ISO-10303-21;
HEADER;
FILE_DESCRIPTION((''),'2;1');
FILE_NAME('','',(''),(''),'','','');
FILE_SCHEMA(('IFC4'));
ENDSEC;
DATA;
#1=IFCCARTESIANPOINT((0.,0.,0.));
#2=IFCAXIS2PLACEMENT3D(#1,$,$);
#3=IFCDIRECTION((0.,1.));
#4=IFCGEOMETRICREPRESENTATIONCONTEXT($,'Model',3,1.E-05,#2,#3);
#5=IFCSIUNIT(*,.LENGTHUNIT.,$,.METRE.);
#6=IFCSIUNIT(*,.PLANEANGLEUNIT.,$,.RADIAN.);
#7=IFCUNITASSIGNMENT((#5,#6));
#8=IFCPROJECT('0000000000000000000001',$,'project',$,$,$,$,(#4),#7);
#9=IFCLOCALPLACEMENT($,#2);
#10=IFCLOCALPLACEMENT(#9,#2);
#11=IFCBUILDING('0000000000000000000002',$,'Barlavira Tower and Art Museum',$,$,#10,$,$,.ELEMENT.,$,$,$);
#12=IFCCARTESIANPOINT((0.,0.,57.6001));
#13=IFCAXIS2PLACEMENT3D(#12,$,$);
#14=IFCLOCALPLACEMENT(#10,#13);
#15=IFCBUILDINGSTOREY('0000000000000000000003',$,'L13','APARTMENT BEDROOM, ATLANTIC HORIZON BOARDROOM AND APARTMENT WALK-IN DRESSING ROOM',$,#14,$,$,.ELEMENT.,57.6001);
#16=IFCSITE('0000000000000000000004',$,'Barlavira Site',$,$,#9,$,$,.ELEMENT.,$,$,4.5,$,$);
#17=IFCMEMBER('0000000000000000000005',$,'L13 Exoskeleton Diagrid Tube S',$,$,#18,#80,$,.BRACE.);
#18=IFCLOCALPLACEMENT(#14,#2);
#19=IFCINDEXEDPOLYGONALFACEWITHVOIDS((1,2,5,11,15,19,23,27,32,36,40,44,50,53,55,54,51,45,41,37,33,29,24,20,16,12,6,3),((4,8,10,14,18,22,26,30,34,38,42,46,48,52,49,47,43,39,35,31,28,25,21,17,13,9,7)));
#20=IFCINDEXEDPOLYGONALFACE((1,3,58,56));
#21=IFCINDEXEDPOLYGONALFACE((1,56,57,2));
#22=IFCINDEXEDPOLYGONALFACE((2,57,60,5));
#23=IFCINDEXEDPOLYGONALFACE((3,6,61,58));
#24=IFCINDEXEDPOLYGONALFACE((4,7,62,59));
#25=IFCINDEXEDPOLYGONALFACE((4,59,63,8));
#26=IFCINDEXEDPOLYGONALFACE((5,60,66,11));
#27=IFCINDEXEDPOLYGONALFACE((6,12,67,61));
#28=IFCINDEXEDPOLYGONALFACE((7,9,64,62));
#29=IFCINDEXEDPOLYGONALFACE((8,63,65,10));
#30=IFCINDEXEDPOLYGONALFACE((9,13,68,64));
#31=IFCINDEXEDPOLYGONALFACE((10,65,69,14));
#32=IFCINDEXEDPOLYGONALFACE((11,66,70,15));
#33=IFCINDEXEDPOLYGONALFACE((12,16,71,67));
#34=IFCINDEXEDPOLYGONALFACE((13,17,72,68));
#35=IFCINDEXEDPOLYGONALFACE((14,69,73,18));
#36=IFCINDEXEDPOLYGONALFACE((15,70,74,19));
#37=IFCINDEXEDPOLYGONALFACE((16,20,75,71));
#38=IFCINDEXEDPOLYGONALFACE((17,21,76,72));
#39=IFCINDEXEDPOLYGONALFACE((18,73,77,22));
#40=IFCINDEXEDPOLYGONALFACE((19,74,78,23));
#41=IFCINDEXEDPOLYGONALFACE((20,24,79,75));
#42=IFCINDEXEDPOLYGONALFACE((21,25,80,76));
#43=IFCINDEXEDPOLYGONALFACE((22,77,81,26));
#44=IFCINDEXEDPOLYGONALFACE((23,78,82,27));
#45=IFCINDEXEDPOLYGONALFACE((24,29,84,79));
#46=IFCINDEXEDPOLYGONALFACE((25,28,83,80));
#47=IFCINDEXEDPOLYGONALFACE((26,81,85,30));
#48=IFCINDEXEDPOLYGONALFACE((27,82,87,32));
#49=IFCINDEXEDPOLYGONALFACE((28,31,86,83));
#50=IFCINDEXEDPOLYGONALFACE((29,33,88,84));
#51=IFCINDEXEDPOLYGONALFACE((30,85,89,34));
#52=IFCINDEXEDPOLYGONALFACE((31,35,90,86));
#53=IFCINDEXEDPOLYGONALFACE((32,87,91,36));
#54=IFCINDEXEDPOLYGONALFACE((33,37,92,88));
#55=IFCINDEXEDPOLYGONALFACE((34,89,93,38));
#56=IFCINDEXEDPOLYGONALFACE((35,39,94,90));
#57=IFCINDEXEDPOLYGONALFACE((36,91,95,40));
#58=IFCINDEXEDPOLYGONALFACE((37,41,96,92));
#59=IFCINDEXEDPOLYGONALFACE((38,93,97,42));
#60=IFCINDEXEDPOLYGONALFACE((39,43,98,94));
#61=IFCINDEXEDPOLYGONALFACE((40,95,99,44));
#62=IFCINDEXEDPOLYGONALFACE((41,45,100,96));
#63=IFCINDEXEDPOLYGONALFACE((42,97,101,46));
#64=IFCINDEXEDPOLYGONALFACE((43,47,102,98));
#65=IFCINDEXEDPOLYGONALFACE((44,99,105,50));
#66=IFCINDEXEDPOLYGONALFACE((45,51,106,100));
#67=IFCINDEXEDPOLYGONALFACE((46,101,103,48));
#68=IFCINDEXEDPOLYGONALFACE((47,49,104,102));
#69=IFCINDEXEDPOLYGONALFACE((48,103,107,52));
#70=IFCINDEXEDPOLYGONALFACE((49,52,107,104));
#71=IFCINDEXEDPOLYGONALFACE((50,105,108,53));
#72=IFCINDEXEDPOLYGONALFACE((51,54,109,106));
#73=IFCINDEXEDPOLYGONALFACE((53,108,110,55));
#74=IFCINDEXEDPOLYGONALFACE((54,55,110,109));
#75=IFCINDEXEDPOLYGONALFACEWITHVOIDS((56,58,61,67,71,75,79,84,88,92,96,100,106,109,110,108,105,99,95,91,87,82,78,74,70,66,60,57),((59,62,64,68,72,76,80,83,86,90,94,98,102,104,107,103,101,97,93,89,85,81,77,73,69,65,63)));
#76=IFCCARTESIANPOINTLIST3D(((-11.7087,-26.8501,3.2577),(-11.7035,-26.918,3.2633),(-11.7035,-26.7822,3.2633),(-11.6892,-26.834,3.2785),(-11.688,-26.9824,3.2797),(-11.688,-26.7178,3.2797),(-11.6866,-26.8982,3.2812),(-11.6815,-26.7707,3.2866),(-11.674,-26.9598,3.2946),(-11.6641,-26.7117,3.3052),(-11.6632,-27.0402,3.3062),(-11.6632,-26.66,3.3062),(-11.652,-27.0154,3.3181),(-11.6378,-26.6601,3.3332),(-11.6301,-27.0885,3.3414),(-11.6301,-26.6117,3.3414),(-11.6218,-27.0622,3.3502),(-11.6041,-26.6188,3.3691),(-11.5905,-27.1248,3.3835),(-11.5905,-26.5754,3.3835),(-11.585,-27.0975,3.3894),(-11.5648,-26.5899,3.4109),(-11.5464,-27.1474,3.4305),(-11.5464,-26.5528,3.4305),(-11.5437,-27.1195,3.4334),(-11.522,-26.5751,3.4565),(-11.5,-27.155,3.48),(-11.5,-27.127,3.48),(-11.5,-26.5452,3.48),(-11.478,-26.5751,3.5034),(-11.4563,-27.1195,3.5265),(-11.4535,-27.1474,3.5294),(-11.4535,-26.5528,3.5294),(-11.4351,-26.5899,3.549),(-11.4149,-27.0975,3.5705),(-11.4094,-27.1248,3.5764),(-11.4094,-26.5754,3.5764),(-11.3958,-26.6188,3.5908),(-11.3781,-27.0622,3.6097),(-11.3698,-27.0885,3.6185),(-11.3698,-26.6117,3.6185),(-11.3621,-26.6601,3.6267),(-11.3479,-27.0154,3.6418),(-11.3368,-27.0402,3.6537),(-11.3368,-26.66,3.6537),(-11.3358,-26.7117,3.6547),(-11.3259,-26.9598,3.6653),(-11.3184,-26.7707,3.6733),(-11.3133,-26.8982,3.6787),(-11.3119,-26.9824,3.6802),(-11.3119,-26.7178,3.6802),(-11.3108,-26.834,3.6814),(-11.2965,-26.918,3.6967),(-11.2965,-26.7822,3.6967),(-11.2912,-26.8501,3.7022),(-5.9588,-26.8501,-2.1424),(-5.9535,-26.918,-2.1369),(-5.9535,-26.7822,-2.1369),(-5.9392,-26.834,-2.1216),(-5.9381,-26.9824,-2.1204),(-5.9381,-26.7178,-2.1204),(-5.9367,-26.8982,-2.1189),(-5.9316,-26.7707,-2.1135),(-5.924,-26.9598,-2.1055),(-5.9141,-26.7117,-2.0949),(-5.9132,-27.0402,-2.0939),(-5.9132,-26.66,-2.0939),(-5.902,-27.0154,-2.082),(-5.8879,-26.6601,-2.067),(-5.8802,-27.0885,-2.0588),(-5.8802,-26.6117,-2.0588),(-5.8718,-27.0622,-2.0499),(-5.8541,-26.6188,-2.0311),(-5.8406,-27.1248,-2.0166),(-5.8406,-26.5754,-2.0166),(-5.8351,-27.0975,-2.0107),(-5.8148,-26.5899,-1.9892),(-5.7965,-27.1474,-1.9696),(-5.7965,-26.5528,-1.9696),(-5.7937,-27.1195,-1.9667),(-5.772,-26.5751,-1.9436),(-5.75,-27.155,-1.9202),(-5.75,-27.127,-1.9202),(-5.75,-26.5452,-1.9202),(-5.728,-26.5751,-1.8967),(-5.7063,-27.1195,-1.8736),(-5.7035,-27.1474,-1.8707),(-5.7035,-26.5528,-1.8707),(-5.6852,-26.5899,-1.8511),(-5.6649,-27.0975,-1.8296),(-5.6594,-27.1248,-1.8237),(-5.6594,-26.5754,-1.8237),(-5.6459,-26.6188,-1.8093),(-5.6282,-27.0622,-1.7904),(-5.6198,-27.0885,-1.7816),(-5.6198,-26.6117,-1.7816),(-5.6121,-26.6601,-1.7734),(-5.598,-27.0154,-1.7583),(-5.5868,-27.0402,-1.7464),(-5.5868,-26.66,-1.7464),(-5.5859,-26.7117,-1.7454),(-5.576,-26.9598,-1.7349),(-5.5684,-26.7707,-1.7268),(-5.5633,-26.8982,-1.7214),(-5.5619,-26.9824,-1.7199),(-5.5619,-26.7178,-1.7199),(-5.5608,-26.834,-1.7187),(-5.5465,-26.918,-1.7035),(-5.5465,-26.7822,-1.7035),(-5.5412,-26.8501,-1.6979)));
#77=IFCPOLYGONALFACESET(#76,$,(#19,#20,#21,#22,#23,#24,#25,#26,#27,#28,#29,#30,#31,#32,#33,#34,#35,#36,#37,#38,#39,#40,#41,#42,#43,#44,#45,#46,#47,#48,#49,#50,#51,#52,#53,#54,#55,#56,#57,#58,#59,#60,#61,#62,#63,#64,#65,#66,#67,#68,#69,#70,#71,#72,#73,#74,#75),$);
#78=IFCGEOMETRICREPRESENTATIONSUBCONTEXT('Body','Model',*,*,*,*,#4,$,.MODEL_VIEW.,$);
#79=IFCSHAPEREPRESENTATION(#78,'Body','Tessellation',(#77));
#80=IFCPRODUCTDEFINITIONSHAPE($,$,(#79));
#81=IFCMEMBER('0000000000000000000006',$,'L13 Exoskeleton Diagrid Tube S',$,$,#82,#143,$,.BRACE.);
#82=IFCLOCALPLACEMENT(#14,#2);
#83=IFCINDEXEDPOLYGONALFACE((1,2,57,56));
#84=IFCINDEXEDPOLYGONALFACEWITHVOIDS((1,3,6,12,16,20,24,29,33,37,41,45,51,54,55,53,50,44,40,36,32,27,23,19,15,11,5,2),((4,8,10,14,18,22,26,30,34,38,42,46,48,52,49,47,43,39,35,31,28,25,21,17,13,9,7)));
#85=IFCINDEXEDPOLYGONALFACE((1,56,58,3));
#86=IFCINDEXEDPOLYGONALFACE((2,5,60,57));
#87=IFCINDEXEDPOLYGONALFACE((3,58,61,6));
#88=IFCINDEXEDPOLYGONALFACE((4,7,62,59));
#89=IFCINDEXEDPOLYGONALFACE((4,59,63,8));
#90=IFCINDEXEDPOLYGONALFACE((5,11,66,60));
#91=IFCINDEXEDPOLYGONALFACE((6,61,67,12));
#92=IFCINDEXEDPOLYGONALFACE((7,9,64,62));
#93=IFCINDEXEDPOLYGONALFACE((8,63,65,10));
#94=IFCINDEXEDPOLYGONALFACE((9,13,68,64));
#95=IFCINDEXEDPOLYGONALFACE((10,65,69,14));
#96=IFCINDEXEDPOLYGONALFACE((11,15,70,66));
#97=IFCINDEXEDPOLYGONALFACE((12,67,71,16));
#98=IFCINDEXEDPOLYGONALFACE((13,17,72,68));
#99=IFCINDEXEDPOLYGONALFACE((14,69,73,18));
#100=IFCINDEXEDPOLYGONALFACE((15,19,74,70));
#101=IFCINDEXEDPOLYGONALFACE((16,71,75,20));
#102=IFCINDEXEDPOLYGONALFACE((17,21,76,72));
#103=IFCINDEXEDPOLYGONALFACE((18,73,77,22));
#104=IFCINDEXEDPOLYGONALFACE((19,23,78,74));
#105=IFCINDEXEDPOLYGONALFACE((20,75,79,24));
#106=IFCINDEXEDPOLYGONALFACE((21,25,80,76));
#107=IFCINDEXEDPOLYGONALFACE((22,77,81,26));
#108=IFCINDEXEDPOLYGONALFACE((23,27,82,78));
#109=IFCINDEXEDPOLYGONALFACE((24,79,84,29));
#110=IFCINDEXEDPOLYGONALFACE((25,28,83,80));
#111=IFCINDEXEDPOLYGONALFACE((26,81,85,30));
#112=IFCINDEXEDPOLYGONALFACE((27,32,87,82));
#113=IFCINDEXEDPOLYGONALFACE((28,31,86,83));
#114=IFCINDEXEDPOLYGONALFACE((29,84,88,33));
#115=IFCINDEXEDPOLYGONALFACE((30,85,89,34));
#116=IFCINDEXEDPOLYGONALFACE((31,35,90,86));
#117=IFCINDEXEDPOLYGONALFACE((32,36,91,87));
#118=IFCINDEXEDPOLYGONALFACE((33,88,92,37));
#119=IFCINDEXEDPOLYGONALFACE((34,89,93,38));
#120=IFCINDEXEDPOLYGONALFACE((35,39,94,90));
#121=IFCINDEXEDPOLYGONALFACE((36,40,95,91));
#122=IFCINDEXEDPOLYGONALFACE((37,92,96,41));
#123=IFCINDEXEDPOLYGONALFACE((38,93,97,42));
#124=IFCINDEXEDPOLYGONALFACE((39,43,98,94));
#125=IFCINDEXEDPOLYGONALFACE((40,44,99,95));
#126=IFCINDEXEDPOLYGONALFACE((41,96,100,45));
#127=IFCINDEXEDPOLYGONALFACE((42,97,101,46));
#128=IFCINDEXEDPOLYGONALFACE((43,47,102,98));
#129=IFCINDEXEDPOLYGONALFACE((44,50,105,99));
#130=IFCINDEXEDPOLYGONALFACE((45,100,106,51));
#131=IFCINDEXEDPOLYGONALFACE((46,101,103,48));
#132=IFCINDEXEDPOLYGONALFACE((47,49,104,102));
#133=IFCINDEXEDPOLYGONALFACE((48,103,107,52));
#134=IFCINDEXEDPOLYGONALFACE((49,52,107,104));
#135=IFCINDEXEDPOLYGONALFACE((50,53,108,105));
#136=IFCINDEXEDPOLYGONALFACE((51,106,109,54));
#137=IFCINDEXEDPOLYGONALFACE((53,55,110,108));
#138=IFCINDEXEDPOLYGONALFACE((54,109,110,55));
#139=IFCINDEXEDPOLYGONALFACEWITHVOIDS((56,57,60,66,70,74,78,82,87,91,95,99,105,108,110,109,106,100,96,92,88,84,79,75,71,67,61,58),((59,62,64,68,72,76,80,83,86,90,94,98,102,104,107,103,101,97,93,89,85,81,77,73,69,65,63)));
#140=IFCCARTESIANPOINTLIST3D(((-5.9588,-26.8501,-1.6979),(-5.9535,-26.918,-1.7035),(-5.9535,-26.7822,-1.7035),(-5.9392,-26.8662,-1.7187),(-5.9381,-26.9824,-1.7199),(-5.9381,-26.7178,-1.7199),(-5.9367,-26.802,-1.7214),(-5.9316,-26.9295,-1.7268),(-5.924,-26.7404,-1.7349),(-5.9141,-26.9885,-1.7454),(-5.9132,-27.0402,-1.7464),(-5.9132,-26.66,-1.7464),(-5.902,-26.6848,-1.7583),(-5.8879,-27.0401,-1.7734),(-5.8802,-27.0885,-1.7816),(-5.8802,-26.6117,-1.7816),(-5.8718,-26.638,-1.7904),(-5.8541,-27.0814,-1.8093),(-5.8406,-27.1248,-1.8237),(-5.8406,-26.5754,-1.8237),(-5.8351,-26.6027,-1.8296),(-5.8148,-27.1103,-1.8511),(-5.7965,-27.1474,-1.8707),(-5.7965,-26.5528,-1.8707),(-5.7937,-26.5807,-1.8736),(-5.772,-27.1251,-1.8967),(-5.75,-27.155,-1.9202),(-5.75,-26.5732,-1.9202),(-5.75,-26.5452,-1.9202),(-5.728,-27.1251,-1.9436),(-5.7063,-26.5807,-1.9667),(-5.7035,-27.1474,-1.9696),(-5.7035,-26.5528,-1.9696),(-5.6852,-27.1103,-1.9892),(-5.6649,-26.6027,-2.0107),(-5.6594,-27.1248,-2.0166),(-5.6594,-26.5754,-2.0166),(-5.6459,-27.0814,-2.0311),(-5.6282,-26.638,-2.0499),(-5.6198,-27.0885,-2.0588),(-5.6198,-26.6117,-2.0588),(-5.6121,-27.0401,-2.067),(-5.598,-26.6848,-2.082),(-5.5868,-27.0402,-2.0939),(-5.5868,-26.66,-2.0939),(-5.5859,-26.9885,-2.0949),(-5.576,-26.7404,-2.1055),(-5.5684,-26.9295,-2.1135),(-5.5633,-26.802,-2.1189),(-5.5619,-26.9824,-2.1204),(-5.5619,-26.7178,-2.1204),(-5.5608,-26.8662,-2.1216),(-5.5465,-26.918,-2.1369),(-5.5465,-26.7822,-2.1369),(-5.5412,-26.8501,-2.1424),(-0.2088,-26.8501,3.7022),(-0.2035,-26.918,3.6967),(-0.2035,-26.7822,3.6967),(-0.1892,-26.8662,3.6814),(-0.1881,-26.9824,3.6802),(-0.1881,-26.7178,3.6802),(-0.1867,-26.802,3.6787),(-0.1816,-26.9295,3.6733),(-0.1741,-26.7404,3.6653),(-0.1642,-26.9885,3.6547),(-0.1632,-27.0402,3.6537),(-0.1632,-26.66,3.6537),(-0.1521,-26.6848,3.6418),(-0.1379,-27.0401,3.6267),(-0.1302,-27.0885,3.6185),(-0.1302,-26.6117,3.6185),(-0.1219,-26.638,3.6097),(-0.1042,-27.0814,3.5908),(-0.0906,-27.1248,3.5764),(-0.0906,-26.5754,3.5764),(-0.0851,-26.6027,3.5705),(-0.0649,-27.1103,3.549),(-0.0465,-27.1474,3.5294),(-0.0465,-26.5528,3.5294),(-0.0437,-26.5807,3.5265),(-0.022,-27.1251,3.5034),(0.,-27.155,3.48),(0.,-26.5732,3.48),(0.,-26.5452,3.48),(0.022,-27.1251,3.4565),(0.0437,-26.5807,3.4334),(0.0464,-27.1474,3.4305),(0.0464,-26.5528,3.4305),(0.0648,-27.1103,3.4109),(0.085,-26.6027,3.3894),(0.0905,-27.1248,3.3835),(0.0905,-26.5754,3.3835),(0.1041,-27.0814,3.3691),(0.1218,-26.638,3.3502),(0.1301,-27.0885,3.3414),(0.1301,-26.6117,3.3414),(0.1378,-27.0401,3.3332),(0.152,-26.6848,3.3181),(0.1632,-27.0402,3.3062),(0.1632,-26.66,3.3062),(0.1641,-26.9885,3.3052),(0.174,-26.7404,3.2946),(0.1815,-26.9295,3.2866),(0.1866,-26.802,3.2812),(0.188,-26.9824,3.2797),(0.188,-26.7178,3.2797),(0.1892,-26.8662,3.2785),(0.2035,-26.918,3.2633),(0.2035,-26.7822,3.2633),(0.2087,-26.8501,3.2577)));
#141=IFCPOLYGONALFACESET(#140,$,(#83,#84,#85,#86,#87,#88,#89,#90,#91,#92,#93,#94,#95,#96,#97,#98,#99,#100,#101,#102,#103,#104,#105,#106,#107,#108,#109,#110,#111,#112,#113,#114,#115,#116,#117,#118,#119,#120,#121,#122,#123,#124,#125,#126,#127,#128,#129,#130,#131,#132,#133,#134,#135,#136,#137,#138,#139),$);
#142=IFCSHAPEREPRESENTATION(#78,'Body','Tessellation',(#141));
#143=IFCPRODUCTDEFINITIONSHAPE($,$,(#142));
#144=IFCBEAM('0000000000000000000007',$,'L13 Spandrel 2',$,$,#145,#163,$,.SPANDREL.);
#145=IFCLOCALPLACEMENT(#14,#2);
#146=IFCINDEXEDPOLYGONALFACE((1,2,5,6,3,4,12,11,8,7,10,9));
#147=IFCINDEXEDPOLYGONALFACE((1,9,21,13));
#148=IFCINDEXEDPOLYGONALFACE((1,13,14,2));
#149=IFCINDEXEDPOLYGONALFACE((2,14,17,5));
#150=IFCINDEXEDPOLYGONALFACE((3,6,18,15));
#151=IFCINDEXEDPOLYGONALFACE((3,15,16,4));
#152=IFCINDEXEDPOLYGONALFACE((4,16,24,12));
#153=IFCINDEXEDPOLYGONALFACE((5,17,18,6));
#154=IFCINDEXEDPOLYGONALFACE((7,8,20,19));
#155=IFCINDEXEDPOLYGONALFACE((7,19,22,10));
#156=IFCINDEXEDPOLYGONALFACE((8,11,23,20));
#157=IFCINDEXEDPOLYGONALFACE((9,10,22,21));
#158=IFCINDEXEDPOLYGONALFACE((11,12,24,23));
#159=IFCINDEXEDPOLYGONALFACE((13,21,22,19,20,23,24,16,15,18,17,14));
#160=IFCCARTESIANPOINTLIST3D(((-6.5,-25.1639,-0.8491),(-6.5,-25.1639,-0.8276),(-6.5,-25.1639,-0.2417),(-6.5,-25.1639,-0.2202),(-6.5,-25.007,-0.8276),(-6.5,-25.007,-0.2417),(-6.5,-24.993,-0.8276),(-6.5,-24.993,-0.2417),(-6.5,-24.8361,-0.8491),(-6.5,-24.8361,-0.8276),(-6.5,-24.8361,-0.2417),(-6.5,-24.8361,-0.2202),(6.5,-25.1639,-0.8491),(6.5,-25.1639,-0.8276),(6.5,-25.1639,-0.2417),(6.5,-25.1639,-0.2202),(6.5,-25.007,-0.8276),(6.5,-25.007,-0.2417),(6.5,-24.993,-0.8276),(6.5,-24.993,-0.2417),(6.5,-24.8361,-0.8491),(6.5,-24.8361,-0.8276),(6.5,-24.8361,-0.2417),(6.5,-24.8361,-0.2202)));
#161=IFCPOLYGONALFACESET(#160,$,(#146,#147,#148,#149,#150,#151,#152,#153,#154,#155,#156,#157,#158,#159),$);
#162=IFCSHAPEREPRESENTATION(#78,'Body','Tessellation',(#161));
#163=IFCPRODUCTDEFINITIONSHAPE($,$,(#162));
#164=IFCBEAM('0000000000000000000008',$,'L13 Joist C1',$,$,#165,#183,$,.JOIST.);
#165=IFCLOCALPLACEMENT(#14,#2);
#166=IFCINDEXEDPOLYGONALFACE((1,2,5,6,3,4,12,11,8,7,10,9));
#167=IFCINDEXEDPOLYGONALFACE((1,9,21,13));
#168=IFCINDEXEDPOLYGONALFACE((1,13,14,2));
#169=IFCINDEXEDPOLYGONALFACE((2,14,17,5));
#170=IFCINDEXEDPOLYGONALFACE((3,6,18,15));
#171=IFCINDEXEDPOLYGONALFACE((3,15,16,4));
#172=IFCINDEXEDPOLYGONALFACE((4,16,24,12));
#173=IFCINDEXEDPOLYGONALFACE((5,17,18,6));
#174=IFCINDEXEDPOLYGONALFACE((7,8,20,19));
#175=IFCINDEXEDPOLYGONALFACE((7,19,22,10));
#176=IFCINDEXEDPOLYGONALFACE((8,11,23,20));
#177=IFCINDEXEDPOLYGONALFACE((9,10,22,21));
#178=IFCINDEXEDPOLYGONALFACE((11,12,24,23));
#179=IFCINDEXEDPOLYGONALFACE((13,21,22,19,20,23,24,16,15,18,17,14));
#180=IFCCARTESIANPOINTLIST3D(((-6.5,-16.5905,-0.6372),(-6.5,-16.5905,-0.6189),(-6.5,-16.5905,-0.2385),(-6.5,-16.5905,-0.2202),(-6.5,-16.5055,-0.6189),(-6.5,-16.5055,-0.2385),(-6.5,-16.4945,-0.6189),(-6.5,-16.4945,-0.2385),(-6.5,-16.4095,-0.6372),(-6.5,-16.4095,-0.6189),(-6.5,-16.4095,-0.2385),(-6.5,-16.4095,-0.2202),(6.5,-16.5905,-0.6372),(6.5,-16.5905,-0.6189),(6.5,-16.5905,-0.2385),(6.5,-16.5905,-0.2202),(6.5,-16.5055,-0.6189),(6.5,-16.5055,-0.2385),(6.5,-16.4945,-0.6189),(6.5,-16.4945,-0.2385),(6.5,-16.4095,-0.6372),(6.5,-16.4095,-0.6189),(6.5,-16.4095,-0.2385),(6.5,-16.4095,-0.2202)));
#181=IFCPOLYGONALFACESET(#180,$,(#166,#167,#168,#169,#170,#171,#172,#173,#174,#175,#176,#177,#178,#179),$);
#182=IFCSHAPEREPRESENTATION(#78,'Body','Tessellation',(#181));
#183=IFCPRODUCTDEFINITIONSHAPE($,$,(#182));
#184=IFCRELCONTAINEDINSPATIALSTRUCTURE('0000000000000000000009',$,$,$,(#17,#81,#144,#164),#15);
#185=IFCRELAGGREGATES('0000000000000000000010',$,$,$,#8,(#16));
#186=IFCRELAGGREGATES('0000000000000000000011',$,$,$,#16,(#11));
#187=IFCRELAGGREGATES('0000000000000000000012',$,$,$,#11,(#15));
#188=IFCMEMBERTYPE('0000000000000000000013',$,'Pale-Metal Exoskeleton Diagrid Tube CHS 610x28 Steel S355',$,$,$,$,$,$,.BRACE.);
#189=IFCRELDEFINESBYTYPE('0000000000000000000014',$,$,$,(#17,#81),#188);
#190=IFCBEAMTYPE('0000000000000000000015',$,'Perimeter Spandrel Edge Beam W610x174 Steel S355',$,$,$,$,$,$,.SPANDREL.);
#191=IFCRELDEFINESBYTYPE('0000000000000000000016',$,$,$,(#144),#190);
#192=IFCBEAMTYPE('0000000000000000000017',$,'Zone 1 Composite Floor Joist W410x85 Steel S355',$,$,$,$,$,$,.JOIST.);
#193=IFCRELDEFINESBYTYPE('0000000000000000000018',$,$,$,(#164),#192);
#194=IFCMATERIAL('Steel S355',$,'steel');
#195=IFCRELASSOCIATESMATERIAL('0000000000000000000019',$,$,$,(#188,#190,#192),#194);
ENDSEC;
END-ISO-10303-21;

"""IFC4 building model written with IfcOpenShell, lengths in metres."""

from ifc_helpers import new_model, si_unit, direction, frame, origin, origin_2d, place, context, subcontext, project, spatial, hollow_circle, i_section, extrude, material, material_profile, profile_set, type_object, element, save


model = new_model("IFC4")

# Units and contexts
model_context = context("Model", 3, precision=1e-05, world=origin(), true_north=direction((0.0, 1.0)))
body_context = subcontext(model_context, "Body", "Model", "MODEL_VIEW")
ifc_project = project(units=[si_unit("LENGTHUNIT", "METRE"), si_unit("PLANEANGLEUNIT", "RADIAN")], contexts=[model_context])

# Site, building, storey
site_placement = place(None, origin())
site = spatial("IfcSite", under=ifc_project, at=site_placement, Name="Barlavira Site", CompositionType="ELEMENT", RefElevation=4.5)
building_placement = place(site_placement, origin())
building = spatial("IfcBuilding", under=site, at=building_placement, Name="Barlavira Tower and Art Museum", CompositionType="ELEMENT")
storey_placement = place(building_placement, frame((0.0, 0.0, 57.6001)))
storey = spatial("IfcBuildingStorey", under=building, at=storey_placement, Name="L13", Description="APARTMENT BEDROOM, ATLANTIC HORIZON BOARDROOM AND APARTMENT WALK-IN DRESSING ROOM", CompositionType="ELEMENT", Elevation=57.6001)

# Members
ifc_material_1 = material(Name="Steel S355", Category="steel")
ifc_material_profile_1 = material_profile(ifc_material_1, hollow_circle(Radius=0.3049, WallThickness=0.0281, at=origin_2d()), Name="CHS 610.0x28.0")
ifc_profile_set_1 = profile_set([ifc_material_profile_1], Name="Steel S355")
member_type_1 = type_object("IfcMemberType", Name="Pale-Metal Exoskeleton Diagrid Tube CHS 610x28 Steel S355", PredefinedType="BRACE", material=ifc_profile_set_1)
for number, where, z_axis, x_axis, name in (
    (1, (-5.75, -26.8501, -1.9202), (-0.728935, 0.0, 0.684583), (0.0, -1.0, 0.0), "L13 Exoskeleton Diagrid Tube S"),
    (2, (-5.75, -26.8501, -1.9202), (0.728935, 0.0, 0.684583), (0.0, 1.0, 0.0), "L13 Exoskeleton Diagrid Tube S"),
):
    element("IfcMember", number, at=place(storey_placement, frame(where, z_axis=z_axis, x_axis=x_axis)), inside=storey, type_object=member_type_1, Name=name, PredefinedType="BRACE", context=body_context, shape_type="SweptSolid", body=[
        extrude(hollow_circle(Radius=0.3049, WallThickness=0.0281, at=origin_2d()), origin(), (0.0, 0.0, 1.0), 7.8882),
    ])

# Beams
ifc_material_profile_2 = material_profile(ifc_material_1, i_section(OverallWidth=0.3279, OverallDepth=0.6289, WebThickness=0.0139, FlangeThickness=0.0215, at=origin_2d()), Name="W610x174.0")
ifc_profile_set_2 = profile_set([ifc_material_profile_2], Name="Steel S355")
beam_type_1 = type_object("IfcBeamType", Name="Perimeter Spandrel Edge Beam W610x174 Steel S355", PredefinedType="SPANDREL", material=ifc_profile_set_2)
beam_1_placement = place(storey_placement, frame((-6.5, -25.0, -0.5347), z_axis=(1.0, 0.0, 0.0), x_axis=(0.0, 1.0, 0.0)))
element("IfcBeam", 3, at=beam_1_placement, inside=storey, type_object=beam_type_1, Name="L13 Spandrel 2", PredefinedType="SPANDREL", context=body_context, shape_type="SweptSolid", body=[
    extrude(i_section(OverallWidth=0.3279, OverallDepth=0.6289, WebThickness=0.0139, FlangeThickness=0.0215, at=origin_2d()), origin(), (0.0, 0.0, 1.0), 13.0),
])
ifc_material_profile_3 = material_profile(ifc_material_1, i_section(OverallWidth=0.1809, OverallDepth=0.417, WebThickness=0.011, FlangeThickness=0.0183, at=origin_2d()), Name="W410x85.0")
ifc_profile_set_3 = profile_set([ifc_material_profile_3], Name="Steel S355")
beam_type_2 = type_object("IfcBeamType", Name="Zone 1 Composite Floor Joist W410x85 Steel S355", PredefinedType="JOIST", material=ifc_profile_set_3)
beam_2_placement = place(storey_placement, frame((-6.5, -16.5, -0.4287), z_axis=(1.0, 0.0, 0.0), x_axis=(0.0, 1.0, 0.0)))
element("IfcBeam", 4, at=beam_2_placement, inside=storey, type_object=beam_type_2, Name="L13 Joist C1", PredefinedType="JOIST", context=body_context, shape_type="SweptSolid", body=[
    extrude(i_section(OverallWidth=0.1809, OverallDepth=0.417, WebThickness=0.011, FlangeThickness=0.0183, at=origin_2d()), origin(), (0.0, 0.0, 1.0), 13.0),
])

save(model, "model.ifc")
